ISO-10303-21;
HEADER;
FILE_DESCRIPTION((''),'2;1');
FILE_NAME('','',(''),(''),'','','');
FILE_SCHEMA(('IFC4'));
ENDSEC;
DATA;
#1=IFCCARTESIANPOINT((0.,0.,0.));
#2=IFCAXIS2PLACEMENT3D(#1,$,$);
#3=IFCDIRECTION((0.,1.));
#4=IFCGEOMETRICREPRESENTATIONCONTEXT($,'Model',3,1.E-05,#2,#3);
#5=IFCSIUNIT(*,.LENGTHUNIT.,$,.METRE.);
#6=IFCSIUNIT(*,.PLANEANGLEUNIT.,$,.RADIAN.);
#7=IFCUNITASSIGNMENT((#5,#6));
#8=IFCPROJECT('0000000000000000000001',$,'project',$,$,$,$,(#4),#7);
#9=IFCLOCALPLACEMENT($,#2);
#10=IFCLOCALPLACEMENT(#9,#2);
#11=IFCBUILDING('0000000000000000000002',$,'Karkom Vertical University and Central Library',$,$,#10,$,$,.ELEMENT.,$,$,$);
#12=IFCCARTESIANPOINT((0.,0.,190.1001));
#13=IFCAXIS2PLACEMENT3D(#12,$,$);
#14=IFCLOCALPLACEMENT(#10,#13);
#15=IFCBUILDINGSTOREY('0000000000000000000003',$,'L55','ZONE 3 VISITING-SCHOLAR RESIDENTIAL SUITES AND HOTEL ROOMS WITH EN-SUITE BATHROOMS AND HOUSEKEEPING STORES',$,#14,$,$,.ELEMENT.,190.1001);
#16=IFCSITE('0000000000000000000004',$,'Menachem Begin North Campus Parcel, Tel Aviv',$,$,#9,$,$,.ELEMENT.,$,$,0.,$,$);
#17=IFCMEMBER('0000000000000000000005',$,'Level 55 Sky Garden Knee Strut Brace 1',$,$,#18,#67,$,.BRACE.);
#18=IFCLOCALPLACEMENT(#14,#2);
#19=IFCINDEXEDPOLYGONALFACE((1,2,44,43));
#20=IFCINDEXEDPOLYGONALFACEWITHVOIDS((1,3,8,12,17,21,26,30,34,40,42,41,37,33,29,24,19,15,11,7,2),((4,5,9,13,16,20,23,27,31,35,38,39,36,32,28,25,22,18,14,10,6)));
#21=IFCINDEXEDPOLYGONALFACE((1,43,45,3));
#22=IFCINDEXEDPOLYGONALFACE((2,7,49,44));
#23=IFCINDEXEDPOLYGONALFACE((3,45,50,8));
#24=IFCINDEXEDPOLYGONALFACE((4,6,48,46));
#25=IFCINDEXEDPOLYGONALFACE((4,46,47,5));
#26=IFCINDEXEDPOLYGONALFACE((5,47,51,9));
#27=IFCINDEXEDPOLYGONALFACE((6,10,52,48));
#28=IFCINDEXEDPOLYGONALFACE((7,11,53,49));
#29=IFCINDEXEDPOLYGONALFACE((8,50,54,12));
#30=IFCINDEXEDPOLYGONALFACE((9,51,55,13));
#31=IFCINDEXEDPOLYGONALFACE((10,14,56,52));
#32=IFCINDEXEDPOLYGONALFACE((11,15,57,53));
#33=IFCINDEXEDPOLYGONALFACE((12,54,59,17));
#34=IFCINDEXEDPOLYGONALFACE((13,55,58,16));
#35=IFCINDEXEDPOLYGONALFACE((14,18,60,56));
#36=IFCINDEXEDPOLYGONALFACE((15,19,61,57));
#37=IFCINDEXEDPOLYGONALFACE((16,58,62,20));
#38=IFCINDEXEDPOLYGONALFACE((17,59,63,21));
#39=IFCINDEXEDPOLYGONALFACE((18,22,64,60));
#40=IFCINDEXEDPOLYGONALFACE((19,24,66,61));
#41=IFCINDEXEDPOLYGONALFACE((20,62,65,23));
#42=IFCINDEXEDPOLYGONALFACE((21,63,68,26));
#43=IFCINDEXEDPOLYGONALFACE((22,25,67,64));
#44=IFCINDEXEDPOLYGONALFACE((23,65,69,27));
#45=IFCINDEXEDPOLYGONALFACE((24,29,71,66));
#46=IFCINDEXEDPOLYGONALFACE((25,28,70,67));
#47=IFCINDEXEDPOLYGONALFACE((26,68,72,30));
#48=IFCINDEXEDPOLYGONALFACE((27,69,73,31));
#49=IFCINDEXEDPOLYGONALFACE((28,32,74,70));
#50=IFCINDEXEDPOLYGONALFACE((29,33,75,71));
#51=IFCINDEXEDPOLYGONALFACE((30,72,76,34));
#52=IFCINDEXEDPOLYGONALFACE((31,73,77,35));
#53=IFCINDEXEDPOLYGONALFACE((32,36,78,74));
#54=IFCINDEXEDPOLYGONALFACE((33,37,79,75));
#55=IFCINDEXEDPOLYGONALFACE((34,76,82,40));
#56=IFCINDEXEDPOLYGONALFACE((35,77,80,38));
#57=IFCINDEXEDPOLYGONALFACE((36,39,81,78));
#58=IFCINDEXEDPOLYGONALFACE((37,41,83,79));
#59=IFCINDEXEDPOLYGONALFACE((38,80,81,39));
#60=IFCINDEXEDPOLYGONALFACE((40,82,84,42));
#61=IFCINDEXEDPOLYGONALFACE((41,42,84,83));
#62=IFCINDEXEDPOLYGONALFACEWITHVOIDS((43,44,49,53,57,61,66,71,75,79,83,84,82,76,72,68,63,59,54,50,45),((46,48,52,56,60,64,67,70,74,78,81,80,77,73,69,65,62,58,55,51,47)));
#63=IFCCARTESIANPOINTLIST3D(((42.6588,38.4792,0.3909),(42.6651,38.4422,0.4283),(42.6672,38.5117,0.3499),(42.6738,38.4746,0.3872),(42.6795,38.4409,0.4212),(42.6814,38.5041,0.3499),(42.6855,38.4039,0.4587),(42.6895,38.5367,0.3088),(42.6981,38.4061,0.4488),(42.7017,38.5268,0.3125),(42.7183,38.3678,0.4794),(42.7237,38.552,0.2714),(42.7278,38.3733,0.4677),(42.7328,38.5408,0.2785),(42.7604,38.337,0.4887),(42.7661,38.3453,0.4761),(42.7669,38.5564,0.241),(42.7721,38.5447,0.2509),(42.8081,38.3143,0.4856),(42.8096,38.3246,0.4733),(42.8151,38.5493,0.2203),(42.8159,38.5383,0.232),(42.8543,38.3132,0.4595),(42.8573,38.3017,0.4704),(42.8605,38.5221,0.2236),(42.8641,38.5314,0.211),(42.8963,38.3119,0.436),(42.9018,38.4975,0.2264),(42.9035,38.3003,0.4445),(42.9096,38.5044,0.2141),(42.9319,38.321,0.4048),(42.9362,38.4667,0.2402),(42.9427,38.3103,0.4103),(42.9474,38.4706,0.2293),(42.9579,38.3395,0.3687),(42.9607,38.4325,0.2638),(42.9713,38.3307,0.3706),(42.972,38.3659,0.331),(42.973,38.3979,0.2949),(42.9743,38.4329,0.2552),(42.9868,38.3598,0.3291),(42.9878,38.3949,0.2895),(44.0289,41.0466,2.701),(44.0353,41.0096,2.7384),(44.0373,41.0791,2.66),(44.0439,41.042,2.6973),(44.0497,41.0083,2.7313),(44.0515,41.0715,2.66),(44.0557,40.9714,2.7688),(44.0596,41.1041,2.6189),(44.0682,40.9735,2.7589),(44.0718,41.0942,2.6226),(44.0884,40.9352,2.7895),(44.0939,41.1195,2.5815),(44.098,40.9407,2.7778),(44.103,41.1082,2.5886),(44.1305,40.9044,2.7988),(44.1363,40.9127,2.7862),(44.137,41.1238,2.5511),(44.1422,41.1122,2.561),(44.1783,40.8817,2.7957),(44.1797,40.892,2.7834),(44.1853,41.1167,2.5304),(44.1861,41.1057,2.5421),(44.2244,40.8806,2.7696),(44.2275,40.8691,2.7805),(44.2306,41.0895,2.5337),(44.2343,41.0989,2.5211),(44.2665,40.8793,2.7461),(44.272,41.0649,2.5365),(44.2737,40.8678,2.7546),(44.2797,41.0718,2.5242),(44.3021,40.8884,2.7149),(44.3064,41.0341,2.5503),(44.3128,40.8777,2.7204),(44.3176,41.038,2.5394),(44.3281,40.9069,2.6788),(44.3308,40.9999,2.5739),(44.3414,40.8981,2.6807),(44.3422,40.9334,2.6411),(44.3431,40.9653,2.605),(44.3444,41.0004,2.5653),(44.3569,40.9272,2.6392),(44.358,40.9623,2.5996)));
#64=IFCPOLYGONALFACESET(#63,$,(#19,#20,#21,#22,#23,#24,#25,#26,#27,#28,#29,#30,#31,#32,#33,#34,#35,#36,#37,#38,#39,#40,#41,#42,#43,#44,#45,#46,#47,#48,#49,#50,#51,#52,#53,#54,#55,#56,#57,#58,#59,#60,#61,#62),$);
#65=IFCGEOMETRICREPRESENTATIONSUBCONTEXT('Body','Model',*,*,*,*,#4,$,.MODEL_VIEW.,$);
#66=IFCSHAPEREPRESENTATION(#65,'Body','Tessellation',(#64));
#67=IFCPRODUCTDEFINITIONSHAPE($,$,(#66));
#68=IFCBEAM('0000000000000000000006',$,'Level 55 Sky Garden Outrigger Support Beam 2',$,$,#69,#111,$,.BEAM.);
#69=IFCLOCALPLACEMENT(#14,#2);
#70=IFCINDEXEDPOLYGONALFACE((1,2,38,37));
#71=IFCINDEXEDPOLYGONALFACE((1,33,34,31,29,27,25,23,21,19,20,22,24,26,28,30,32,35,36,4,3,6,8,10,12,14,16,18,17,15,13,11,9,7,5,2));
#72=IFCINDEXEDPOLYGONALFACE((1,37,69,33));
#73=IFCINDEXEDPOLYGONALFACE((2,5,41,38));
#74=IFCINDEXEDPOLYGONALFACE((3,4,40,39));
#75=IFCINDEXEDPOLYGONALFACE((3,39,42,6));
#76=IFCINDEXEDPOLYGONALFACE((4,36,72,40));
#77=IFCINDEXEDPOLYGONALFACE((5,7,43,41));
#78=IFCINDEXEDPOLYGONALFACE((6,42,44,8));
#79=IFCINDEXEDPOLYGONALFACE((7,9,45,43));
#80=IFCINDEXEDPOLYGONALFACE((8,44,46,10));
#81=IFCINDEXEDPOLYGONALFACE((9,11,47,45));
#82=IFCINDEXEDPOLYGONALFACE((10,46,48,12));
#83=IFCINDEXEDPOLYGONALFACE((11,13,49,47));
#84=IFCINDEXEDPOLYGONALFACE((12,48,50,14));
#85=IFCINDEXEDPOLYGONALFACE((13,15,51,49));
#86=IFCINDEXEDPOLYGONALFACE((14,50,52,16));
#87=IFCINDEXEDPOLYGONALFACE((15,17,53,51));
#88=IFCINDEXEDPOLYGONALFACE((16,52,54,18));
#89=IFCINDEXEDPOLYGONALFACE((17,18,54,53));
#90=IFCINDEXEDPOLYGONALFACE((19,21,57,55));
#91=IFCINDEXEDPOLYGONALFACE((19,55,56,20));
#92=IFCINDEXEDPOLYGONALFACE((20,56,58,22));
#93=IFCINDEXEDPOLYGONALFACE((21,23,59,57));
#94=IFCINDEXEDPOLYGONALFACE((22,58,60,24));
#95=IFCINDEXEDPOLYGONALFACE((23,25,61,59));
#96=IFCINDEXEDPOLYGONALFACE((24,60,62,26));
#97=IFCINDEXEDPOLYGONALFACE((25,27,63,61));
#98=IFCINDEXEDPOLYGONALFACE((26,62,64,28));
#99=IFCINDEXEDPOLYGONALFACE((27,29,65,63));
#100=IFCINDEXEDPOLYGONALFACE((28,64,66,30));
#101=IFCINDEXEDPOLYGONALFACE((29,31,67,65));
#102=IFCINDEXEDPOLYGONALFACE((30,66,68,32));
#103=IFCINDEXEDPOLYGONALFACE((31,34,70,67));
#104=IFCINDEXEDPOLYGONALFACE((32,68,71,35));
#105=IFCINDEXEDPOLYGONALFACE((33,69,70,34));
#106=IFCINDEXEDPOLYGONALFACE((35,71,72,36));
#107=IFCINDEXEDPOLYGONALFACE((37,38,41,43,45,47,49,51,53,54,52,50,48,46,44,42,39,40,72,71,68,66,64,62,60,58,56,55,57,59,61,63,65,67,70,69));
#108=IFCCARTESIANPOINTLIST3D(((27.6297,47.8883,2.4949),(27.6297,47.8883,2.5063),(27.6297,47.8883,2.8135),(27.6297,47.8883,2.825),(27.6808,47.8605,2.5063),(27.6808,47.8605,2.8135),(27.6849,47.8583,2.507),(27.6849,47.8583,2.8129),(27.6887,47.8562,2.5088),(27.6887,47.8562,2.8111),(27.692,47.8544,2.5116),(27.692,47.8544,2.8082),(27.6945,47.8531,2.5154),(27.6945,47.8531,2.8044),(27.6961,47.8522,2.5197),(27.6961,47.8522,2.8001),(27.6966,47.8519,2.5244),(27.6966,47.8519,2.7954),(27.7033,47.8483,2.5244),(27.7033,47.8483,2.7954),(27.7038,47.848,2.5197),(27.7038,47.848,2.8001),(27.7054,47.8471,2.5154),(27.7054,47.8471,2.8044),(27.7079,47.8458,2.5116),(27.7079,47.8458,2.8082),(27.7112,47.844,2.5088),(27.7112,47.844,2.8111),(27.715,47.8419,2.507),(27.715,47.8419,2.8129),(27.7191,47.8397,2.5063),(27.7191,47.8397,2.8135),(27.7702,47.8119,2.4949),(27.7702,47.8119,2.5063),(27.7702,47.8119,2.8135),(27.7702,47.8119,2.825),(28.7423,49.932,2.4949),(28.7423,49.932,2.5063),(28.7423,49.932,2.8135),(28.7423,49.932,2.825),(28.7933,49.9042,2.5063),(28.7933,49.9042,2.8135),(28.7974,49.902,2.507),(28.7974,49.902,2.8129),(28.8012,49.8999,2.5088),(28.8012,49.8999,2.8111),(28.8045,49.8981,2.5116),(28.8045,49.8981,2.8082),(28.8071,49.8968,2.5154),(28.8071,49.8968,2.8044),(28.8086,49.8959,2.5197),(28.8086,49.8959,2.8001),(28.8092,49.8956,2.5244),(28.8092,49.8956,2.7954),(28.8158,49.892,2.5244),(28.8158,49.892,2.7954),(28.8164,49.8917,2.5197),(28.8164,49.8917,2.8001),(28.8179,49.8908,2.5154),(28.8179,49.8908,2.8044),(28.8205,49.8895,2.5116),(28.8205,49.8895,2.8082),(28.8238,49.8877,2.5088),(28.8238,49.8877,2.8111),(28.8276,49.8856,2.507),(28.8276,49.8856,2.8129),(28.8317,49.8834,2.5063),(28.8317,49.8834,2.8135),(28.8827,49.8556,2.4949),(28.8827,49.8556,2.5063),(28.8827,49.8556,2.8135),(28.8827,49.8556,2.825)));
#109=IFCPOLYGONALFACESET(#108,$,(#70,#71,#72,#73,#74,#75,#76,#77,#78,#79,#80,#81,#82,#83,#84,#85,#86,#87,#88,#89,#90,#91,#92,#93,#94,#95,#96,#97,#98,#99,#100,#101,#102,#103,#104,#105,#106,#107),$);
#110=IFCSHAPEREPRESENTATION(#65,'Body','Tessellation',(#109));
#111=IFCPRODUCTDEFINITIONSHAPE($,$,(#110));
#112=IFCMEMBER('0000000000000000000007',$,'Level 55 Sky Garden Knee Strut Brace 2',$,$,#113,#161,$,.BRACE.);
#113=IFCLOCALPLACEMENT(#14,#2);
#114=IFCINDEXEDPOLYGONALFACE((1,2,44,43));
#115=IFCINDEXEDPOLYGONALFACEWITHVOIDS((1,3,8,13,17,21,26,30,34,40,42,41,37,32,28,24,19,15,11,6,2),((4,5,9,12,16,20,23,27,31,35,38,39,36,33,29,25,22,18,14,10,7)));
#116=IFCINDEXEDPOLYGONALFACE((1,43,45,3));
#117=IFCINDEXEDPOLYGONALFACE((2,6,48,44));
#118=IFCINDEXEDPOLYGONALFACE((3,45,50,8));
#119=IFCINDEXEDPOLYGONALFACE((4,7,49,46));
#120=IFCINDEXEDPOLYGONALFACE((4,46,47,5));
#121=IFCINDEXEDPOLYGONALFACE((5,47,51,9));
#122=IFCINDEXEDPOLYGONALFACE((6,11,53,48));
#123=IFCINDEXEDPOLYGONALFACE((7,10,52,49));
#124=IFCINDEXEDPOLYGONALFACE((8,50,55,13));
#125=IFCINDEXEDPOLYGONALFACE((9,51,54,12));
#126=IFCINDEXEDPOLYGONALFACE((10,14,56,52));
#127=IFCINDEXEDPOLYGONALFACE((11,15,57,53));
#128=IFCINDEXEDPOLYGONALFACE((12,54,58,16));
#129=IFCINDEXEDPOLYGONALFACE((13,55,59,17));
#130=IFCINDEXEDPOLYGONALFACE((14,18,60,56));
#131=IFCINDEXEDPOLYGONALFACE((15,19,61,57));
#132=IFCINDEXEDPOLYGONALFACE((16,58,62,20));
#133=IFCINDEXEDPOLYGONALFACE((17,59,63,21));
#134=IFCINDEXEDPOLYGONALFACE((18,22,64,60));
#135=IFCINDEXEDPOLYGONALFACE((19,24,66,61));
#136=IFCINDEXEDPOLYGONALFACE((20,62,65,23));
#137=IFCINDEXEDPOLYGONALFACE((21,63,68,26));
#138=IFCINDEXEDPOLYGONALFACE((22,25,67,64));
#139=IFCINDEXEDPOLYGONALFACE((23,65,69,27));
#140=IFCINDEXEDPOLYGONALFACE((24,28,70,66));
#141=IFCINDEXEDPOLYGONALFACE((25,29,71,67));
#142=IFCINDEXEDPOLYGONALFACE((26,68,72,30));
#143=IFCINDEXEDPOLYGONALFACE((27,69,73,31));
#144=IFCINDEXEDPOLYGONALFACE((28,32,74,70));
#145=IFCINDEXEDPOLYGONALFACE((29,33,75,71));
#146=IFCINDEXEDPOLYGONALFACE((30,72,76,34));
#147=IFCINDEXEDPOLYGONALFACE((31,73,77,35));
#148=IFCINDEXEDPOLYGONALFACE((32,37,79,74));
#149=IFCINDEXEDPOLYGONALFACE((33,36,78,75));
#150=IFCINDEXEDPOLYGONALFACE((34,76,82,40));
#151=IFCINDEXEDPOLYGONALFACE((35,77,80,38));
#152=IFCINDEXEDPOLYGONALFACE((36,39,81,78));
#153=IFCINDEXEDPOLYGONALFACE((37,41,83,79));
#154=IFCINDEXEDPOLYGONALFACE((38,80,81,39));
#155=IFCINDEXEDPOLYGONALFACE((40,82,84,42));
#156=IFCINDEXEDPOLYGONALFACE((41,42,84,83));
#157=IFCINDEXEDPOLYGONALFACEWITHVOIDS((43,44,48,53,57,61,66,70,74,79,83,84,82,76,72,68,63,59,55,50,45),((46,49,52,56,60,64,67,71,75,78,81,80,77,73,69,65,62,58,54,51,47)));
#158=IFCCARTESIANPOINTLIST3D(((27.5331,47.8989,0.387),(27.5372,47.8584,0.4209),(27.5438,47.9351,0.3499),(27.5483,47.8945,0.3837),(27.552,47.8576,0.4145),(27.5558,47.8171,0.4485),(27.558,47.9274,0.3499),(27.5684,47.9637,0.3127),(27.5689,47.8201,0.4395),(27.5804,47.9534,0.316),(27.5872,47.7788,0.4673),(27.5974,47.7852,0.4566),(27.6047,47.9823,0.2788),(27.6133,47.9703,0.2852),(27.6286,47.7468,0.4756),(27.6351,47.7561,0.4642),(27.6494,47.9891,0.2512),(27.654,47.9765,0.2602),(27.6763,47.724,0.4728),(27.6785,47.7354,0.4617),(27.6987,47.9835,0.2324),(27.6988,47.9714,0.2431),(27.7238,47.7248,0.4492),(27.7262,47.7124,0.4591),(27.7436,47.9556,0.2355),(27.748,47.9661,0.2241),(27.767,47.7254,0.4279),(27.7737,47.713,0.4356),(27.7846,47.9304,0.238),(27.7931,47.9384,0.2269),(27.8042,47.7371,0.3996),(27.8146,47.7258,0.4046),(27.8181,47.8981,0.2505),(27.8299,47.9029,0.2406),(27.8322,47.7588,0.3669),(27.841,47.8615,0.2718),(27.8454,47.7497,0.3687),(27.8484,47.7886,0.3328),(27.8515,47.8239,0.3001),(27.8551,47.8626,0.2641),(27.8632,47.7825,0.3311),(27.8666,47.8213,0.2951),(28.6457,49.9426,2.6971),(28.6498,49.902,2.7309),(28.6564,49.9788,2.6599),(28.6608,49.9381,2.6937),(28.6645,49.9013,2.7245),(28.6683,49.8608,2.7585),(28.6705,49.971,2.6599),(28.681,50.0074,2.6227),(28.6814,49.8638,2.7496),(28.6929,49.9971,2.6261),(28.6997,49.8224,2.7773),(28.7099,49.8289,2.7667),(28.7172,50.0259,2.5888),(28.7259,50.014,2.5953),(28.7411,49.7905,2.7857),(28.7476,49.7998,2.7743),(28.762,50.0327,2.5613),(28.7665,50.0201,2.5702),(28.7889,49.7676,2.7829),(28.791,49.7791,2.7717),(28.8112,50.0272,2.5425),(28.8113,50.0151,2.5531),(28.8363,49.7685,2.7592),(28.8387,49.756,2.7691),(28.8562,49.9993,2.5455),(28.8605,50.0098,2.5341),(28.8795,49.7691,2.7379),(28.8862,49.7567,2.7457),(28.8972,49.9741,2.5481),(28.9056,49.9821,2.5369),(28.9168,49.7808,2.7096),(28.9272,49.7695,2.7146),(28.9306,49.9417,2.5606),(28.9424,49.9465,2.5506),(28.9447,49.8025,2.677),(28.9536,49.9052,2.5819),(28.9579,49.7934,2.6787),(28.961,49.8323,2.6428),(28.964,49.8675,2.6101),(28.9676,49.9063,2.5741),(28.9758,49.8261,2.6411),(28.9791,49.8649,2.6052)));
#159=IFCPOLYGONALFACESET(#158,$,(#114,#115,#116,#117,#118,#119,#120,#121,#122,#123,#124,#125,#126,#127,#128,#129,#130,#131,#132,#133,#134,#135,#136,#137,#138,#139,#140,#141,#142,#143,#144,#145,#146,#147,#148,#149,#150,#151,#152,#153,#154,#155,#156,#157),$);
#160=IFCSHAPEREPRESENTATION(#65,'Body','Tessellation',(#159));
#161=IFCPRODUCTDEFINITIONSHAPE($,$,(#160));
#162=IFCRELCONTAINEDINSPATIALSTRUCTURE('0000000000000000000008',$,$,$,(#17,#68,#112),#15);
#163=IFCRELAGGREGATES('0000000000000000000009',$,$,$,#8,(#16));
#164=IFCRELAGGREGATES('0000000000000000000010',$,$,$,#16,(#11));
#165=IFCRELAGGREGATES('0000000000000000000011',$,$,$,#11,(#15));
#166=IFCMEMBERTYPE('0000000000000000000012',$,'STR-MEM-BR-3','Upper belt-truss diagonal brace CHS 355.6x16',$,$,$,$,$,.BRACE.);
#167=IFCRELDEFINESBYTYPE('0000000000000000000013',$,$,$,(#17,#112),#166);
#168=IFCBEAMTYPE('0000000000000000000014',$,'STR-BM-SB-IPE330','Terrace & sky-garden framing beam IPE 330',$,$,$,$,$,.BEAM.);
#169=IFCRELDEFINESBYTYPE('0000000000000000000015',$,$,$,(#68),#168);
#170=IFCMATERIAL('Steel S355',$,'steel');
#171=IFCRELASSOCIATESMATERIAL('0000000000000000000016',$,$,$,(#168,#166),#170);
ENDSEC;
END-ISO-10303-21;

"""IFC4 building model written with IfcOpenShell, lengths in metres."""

from ifc_helpers import new_model, si_unit, direction, frame, origin, origin_with_axes, origin_2d, place, context, subcontext, project, spatial, hollow_circle, i_section, extrude, source, transform, mapped, material, material_profile, profile_set, type_object, element, save


model = new_model("IFC4")

# Units and contexts
model_context = context("Model", 3, precision=1e-05, world=origin(), true_north=direction((0.0, 1.0)))
body_context = subcontext(model_context, "Body", "Model", "MODEL_VIEW")
ifc_project = project(units=[si_unit("LENGTHUNIT", "METRE"), si_unit("PLANEANGLEUNIT", "RADIAN")], contexts=[model_context])

# Site, building, storey
site_placement = place(None, origin())
site = spatial("IfcSite", under=ifc_project, at=site_placement, Name="Menachem Begin North Campus Parcel, Tel Aviv", CompositionType="ELEMENT", RefElevation=0.0)
building_placement = place(site_placement, origin())
building = spatial("IfcBuilding", under=site, at=building_placement, Name="Karkom Vertical University and Central Library", CompositionType="ELEMENT")
storey_placement = place(building_placement, frame((0.0, 0.0, 190.1001)))
storey = spatial("IfcBuildingStorey", under=building, at=storey_placement, Name="L55", Description="ZONE 3 VISITING-SCHOLAR RESIDENTIAL SUITES AND HOTEL ROOMS WITH EN-SUITE BATHROOMS AND HOUSEKEEPING STORES", CompositionType="ELEMENT", Elevation=190.1001)

# Shared definitions
ifc_material_1 = material(Name="Steel S355", Category="steel")
ifc_material_profile_1 = material_profile(ifc_material_1, i_section(OverallWidth=0.1599, OverallDepth=0.3301, WebThickness=0.0076, FlangeThickness=0.0115, FilletRadius=0.0181, at=origin_2d()), Name="IPE 330")
ifc_profile_set_1 = profile_set([ifc_material_profile_1], Name="Steel S355")
beam_type_1 = type_object("IfcBeamType", Name="STR-BM-SB-IPE330", Description="Terrace & sky-garden framing beam IPE 330", PredefinedType="BEAM", material=ifc_profile_set_1)

# Member
ifc_material_profile_2 = material_profile(ifc_material_1, hollow_circle(Radius=0.1777, WallThickness=0.0161, at=origin_2d()), Name="CHS 355.6x16")
ifc_profile_set_2 = profile_set([ifc_material_profile_2], Name="Steel S355")
member_type = type_object("IfcMemberType", Name="STR-MEM-BR-3", Description="Upper belt-truss diagonal brace CHS 355.6x16", PredefinedType="BRACE", material=ifc_profile_set_2)
shared_shape_1 = source(origin_with_axes(), body_context, "Body", "SweptSolid", [
    extrude(hollow_circle(Radius=0.1777, WallThickness=0.0161, at=origin_2d()), origin(), (0.0, 0.0, 1.0), 3.7156),
])
member_1_placement = place(storey_placement, frame((42.824, 38.428, 0.3499), z_axis=(0.368756, 0.69099, 0.621733), x_axis=(-0.882232, 0.470815, 0.0)))
element("IfcMember", 1, at=member_1_placement, inside=storey, type_object=member_type, Name="Level 55 Sky Garden Knee Strut Brace 1", PredefinedType="BRACE", context=body_context, shape_type="MappedRepresentation", body=[
    mapped(shared_shape_1, transform((0.0, 0.0, 0.0), scale=1.0)),
])

# Beam
shared_shape_2 = source(origin_with_axes(), body_context, "Body", "SweptSolid", [
    extrude(i_section(OverallWidth=0.1599, OverallDepth=0.3301, WebThickness=0.0076, FlangeThickness=0.0115, FilletRadius=0.0181, at=origin_2d()), origin(), (0.0, 0.0, 1.0), 2.3269),
])
beam_1_placement = place(storey_placement, frame((27.7, 47.8501, 2.6599), z_axis=(0.478124, 0.878292, 0.0), x_axis=(-0.878292, 0.478124, 0.0)))
element("IfcBeam", 2, at=beam_1_placement, inside=storey, type_object=beam_type_1, Name="Level 55 Sky Garden Outrigger Support Beam 2", PredefinedType="BEAM", context=body_context, shape_type="MappedRepresentation", body=[
    mapped(shared_shape_2, transform((0.0, 0.0, 0.0), scale=1.0)),
])

# Member
shared_shape_3 = source(origin_with_axes(), body_context, "Body", "SweptSolid", [
    extrude(hollow_circle(Radius=0.1777, WallThickness=0.0161, at=origin_2d()), origin(), (0.0, 0.0, 1.0), 3.2788),
])
member_2_placement = place(storey_placement, frame((27.7, 47.8501, 0.3499), z_axis=(0.339311, 0.623298, 0.704533), x_axis=(-0.878292, 0.478124, 0.0)))
element("IfcMember", 3, at=member_2_placement, inside=storey, type_object=member_type, Name="Level 55 Sky Garden Knee Strut Brace 2", PredefinedType="BRACE", context=body_context, shape_type="MappedRepresentation", body=[
    mapped(shared_shape_3, transform((0.0, 0.0, 0.0), scale=1.0)),
])

save(model, "model.ifc")
